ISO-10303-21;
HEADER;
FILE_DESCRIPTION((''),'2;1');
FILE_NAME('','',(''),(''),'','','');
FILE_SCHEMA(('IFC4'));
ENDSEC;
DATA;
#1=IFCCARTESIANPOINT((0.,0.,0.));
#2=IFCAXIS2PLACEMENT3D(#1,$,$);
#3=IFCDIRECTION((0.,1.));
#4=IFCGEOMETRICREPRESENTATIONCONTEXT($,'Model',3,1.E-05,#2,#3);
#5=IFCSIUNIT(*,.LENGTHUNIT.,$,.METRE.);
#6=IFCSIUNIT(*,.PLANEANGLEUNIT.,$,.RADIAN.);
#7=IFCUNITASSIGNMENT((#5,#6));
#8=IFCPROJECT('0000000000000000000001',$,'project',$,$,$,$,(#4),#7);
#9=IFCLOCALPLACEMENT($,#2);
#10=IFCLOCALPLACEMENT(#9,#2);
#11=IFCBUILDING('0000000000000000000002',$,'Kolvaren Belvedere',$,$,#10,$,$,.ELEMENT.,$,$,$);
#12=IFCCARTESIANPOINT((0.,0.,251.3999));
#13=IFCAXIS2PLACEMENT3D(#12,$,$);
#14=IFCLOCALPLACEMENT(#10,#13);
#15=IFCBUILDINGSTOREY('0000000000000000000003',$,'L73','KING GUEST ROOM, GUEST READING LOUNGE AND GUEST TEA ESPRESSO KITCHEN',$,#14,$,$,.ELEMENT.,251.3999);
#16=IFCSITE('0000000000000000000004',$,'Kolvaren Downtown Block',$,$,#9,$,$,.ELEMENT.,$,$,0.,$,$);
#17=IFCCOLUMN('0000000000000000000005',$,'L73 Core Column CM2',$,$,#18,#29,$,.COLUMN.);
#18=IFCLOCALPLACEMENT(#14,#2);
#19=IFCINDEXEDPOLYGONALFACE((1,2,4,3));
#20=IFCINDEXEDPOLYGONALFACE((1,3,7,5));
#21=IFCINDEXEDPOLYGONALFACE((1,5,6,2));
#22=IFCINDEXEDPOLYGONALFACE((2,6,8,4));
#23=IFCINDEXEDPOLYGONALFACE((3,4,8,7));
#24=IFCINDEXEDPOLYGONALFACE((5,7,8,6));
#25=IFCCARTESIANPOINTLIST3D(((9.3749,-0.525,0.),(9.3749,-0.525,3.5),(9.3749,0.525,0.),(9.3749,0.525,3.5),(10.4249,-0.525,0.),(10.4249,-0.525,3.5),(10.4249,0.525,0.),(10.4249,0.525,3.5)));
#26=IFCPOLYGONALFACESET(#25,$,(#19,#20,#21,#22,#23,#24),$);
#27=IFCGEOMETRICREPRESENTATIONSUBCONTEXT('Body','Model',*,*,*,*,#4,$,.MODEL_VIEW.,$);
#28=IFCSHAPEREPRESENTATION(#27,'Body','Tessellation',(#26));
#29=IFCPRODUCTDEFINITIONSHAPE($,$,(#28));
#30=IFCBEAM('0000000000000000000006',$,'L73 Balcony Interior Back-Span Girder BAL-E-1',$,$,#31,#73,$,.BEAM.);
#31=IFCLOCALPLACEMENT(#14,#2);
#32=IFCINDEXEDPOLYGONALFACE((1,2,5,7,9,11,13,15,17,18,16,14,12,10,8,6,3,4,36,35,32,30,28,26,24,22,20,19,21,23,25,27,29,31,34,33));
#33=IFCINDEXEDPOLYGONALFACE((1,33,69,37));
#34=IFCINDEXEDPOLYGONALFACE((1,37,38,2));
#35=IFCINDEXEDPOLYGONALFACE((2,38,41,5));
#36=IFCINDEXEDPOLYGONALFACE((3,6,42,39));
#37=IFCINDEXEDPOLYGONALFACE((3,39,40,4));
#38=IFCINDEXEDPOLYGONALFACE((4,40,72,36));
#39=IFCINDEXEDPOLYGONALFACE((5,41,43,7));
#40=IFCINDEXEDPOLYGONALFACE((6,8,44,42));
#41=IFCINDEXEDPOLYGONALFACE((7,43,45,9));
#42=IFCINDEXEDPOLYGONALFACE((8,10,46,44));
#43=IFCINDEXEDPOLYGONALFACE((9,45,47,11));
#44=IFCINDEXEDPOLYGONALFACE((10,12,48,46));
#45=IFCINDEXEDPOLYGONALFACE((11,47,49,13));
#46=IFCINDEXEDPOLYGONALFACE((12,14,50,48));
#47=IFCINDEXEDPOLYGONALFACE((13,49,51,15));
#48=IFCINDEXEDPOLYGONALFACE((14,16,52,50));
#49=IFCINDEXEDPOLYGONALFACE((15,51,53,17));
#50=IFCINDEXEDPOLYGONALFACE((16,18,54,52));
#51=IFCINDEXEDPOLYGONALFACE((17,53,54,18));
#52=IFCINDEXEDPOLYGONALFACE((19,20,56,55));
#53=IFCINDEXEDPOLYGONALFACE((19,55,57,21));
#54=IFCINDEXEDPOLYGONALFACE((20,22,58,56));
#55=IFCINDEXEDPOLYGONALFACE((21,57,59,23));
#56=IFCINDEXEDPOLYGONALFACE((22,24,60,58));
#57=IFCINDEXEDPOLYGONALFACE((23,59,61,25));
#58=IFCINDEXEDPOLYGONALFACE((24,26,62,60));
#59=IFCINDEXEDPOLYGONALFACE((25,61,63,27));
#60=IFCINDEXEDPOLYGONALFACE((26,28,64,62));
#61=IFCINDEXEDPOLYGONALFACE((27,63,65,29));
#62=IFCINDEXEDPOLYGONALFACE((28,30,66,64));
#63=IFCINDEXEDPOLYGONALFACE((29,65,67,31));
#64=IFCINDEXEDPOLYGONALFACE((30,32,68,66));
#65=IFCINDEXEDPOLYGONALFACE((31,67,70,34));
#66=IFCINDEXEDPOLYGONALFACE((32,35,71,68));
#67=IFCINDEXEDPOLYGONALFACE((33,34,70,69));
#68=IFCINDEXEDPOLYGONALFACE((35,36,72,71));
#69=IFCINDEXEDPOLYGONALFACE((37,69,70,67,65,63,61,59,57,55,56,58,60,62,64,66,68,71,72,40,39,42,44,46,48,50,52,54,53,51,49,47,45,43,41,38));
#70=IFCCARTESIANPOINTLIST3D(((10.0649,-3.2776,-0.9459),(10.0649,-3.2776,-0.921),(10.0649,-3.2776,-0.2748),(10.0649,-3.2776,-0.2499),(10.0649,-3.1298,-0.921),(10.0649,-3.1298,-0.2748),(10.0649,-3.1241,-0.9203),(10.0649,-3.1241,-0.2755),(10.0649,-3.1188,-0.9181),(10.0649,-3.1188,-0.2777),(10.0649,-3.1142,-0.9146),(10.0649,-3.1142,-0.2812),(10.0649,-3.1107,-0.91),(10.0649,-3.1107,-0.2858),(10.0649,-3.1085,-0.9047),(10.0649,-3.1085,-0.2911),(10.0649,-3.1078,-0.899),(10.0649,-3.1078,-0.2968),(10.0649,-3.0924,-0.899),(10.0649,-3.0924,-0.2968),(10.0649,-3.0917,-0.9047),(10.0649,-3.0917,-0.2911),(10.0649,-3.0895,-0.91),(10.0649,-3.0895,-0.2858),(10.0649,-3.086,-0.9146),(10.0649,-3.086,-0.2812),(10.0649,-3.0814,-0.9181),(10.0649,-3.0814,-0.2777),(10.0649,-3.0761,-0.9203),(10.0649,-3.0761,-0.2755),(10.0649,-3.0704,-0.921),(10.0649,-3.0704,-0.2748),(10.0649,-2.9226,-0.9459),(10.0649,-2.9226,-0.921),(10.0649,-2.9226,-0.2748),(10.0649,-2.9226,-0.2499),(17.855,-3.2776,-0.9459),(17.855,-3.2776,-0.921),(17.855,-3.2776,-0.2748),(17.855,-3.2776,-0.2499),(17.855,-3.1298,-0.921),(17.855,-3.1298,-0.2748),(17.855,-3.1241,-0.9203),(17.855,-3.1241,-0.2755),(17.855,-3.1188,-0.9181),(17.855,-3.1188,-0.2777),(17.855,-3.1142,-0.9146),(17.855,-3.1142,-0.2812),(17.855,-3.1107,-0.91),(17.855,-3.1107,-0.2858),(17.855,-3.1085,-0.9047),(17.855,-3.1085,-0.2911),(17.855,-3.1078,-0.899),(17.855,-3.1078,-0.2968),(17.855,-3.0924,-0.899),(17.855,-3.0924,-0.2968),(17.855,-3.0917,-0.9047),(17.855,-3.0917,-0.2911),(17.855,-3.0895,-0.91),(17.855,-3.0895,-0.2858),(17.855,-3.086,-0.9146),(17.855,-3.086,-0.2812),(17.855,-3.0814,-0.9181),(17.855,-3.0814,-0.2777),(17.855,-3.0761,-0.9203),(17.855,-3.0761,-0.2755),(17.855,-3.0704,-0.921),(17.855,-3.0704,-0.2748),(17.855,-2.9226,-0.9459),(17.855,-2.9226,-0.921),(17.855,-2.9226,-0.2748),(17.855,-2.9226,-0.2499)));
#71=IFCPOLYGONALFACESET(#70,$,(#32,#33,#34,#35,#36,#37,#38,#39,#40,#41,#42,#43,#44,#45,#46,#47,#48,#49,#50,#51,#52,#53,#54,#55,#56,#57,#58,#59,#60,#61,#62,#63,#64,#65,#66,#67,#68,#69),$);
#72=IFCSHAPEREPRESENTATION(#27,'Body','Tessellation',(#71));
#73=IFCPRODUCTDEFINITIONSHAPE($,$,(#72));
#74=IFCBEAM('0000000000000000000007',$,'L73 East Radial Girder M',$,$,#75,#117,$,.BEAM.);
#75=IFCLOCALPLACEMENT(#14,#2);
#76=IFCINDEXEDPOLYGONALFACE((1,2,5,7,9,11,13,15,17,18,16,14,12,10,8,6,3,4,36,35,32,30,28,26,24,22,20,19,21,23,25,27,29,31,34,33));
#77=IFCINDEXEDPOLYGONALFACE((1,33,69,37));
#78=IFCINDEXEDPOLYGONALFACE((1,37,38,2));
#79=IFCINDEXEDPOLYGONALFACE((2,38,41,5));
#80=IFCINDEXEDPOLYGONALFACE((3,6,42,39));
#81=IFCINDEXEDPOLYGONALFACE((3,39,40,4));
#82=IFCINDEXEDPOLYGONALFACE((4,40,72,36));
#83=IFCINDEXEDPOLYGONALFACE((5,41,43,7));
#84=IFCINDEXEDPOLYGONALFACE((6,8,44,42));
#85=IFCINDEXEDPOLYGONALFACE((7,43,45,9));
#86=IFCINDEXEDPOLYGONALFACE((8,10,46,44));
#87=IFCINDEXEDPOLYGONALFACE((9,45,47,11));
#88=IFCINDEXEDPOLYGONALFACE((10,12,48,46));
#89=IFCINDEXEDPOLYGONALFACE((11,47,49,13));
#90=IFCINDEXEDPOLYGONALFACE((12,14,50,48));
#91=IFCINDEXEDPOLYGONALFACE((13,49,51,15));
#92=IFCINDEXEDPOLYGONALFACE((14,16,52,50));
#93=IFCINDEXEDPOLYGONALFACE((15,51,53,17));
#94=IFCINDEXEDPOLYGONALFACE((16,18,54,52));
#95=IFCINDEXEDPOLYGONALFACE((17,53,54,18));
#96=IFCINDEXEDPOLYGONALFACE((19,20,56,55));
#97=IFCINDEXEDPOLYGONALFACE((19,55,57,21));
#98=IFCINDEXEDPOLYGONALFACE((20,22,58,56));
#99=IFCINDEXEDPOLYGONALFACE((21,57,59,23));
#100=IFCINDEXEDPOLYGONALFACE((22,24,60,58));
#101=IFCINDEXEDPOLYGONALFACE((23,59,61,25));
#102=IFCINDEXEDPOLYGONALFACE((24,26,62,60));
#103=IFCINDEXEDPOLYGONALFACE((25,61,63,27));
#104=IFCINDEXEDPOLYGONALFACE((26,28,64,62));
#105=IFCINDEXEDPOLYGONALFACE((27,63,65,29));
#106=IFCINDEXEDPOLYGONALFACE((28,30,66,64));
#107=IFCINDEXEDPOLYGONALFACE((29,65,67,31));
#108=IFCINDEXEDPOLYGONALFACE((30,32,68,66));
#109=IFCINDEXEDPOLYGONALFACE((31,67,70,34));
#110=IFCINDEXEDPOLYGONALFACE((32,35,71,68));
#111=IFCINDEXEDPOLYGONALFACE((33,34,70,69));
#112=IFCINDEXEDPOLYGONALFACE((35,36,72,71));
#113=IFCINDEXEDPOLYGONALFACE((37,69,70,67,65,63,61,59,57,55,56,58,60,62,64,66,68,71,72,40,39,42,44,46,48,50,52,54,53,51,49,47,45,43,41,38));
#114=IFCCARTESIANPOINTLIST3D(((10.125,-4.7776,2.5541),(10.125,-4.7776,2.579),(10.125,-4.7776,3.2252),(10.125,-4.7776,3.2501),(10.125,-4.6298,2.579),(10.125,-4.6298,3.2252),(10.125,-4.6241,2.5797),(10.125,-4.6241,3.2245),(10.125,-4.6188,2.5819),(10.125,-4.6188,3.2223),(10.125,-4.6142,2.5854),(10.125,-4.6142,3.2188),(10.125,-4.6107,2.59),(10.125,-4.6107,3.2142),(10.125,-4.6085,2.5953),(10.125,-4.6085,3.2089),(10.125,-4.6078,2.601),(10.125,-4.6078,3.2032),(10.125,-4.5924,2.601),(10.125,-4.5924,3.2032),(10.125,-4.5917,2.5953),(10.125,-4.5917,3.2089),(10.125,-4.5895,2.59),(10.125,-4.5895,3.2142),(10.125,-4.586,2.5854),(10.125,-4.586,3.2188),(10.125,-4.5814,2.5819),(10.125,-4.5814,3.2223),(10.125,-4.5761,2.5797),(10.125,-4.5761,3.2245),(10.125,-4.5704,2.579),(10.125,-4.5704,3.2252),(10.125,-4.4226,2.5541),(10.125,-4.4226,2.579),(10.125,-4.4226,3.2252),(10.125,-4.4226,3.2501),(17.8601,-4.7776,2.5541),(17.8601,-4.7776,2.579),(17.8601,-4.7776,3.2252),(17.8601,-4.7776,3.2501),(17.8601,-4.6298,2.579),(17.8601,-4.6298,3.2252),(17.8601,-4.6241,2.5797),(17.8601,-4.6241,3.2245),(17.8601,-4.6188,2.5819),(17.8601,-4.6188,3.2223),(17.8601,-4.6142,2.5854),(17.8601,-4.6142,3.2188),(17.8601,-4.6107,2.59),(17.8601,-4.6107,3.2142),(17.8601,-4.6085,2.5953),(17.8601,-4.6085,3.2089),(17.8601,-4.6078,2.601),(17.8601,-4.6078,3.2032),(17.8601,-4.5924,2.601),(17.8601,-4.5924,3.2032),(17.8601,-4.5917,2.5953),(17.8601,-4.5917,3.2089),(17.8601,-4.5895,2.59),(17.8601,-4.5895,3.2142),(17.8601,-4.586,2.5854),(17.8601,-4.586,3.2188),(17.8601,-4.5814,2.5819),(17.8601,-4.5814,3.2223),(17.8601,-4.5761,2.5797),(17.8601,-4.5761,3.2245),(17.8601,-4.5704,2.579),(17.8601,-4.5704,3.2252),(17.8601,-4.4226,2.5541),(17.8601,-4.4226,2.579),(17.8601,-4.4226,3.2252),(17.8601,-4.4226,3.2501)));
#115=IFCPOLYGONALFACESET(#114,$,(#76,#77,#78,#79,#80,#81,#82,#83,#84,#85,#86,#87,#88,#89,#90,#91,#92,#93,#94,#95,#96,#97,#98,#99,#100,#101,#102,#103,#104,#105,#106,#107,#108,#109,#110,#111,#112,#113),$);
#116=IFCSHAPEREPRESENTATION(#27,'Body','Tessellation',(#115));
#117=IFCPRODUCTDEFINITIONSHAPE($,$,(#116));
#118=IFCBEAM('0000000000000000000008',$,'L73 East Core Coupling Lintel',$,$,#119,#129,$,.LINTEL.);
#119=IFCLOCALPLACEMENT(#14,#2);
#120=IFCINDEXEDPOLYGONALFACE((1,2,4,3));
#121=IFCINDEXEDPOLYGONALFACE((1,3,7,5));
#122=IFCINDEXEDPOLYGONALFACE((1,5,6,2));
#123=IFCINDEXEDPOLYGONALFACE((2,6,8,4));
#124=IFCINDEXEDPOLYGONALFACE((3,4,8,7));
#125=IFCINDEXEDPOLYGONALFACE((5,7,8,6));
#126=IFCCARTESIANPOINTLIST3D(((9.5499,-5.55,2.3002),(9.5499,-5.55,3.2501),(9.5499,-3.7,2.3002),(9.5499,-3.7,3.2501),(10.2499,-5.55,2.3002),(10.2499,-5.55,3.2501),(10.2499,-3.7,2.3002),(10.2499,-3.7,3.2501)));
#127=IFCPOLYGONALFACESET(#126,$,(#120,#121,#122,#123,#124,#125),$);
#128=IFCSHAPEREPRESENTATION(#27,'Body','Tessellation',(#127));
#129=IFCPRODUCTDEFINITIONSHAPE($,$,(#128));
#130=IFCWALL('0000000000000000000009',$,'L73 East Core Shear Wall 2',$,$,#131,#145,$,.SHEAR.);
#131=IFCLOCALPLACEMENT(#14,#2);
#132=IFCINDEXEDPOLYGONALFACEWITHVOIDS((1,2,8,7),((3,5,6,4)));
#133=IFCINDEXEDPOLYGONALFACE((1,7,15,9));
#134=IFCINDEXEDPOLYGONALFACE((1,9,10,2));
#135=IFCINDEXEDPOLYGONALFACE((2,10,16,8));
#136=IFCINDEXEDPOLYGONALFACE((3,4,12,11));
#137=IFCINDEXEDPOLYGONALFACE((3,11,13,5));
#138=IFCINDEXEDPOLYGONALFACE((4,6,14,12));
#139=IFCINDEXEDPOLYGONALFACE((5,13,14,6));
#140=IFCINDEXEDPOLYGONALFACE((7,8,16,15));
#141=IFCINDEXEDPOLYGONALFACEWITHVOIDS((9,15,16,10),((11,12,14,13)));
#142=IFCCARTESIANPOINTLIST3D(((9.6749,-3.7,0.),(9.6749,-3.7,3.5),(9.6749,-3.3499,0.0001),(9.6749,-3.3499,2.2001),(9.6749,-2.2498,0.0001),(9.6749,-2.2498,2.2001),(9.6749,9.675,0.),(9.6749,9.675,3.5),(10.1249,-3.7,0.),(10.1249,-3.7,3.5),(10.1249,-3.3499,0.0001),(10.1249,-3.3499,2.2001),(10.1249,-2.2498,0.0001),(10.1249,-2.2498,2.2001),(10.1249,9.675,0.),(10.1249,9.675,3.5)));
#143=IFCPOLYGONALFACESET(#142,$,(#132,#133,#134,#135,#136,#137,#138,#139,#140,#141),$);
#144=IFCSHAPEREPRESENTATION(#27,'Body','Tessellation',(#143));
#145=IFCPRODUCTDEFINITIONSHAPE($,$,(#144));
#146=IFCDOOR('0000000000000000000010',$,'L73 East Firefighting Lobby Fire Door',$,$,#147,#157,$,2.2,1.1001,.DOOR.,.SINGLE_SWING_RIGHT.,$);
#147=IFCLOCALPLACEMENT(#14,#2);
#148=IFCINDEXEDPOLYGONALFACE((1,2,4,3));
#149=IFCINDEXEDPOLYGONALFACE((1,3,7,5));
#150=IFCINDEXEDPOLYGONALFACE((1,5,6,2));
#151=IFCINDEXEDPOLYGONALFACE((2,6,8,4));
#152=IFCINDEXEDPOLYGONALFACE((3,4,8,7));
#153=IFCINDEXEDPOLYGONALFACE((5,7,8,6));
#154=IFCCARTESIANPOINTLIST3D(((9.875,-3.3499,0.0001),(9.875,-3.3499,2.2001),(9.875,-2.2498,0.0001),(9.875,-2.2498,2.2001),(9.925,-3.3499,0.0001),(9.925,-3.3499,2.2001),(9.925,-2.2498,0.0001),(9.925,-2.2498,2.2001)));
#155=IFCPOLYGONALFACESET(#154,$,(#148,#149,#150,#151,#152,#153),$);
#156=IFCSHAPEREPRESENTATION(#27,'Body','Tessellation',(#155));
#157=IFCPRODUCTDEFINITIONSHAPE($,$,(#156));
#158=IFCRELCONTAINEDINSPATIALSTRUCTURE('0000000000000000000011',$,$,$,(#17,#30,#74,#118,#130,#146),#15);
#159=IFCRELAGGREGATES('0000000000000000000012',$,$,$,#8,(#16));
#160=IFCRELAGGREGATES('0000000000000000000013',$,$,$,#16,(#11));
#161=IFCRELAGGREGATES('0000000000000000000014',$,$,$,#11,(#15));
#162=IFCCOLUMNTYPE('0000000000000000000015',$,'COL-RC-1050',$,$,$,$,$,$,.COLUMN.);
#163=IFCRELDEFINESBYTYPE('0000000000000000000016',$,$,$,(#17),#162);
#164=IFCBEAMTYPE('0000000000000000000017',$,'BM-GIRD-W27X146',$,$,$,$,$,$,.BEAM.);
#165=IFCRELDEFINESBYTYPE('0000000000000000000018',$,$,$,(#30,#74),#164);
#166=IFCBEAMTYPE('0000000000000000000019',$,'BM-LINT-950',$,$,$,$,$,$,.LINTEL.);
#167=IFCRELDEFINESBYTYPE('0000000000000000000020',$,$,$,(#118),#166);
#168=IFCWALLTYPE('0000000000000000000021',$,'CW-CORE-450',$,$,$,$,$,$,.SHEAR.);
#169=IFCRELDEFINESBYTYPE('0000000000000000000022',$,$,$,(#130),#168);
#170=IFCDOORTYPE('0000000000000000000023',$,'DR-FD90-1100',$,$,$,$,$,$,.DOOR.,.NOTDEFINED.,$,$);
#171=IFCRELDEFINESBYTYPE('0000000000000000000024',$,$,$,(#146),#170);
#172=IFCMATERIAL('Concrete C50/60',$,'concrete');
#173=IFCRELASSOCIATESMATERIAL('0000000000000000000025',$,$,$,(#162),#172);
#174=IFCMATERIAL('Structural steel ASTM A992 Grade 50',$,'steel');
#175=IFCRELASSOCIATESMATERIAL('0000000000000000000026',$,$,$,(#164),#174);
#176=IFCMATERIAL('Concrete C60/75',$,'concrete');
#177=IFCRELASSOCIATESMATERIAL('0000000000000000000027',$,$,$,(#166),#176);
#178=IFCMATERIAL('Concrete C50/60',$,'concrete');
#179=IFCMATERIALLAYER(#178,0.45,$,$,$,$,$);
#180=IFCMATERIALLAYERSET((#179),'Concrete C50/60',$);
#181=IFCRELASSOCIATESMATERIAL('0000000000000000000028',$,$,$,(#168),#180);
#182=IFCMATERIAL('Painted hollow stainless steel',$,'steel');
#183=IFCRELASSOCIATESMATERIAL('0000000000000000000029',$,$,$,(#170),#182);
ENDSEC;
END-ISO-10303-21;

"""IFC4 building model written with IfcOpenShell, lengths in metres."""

from ifc_helpers import new_model, si_unit, direction, frame, frame_2d, origin, origin_2d, place, context, subcontext, project, spatial, rectangle, i_section, extrude, material, layer, layer_set, material_profile, profile_set, type_object, element, fill, save


model = new_model("IFC4")

# Units and contexts
model_context = context("Model", 3, precision=1e-05, world=origin(), true_north=direction((0.0, 1.0)))
body_context = subcontext(model_context, "Body", "Model", "MODEL_VIEW")
ifc_project = project(units=[si_unit("LENGTHUNIT", "METRE"), si_unit("PLANEANGLEUNIT", "RADIAN")], contexts=[model_context])

# Site, building, storey
site_placement = place(None, origin())
site = spatial("IfcSite", under=ifc_project, at=site_placement, Name="Kolvaren Downtown Block", CompositionType="ELEMENT", RefElevation=0.0)
building_placement = place(site_placement, origin())
building = spatial("IfcBuilding", under=site, at=building_placement, Name="Kolvaren Belvedere", CompositionType="ELEMENT")
storey_placement = place(building_placement, frame((0.0, 0.0, 251.3999)))
storey = spatial("IfcBuildingStorey", under=building, at=storey_placement, Name="L73", Description="KING GUEST ROOM, GUEST READING LOUNGE AND GUEST TEA ESPRESSO KITCHEN", CompositionType="ELEMENT", Elevation=251.3999)

# Column
ifc_material_1 = material(Name="Concrete C50/60", Category="concrete")
ifc_material_profile_1 = material_profile(ifc_material_1, rectangle(XDim=1.05, YDim=1.05, at=origin_2d()), Name="RC 1050X1050")
ifc_profile_set_1 = profile_set([ifc_material_profile_1], Name="Concrete C50/60")
column_type = type_object("IfcColumnType", Name="COL-RC-1050", PredefinedType="COLUMN", material=ifc_profile_set_1)
column_placement = place(storey_placement, frame((9.8999, 0.0, 0.0), z_axis=(0.0, 0.0, 1.0), x_axis=(1.0, 0.0, 0.0)))
element("IfcColumn", 1, at=column_placement, inside=storey, type_object=column_type, Name="L73 Core Column CM2", PredefinedType="COLUMN", context=body_context, shape_type="SweptSolid", body=[
    extrude(rectangle(XDim=1.05, YDim=1.05, at=origin_2d()), origin(), (0.0, 0.0, 1.0), 3.5),
])

# Beams
ifc_material_2 = material(Name="Structural steel ASTM A992 Grade 50", Category="steel")
ifc_material_profile_2 = material_profile(ifc_material_2, i_section(OverallWidth=0.355, OverallDepth=0.696, WebThickness=0.0154, FlangeThickness=0.0249, FilletRadius=0.022, at=origin_2d()), Name="W27X146")
ifc_profile_set_2 = profile_set([ifc_material_profile_2], Name="Structural steel ASTM A992 Grade 50")
beam_type_1 = type_object("IfcBeamType", Name="BM-GIRD-W27X146", PredefinedType="BEAM", material=ifc_profile_set_2)
beam_1_placement = place(storey_placement, frame((10.0649, -3.1001, -0.5979), z_axis=(1.0, 0.0, 0.0), x_axis=(0.0, 1.0, 0.0)))
element("IfcBeam", 2, at=beam_1_placement, inside=storey, type_object=beam_type_1, Name="L73 Balcony Interior Back-Span Girder BAL-E-1", PredefinedType="BEAM", context=body_context, shape_type="SweptSolid", body=[
    extrude(i_section(OverallWidth=0.355, OverallDepth=0.696, WebThickness=0.0154, FlangeThickness=0.0249, FilletRadius=0.022, at=origin_2d()), origin(), (0.0, 0.0, 1.0), 7.79),
])
beam_2_placement = place(storey_placement, frame((10.125, -4.6001, 2.9021), z_axis=(1.0, 0.0, 0.0), x_axis=(0.0, 1.0, 0.0)))
element("IfcBeam", 3, at=beam_2_placement, inside=storey, type_object=beam_type_1, Name="L73 East Radial Girder M", PredefinedType="BEAM", context=body_context, shape_type="SweptSolid", body=[
    extrude(i_section(OverallWidth=0.355, OverallDepth=0.696, WebThickness=0.0154, FlangeThickness=0.0249, FilletRadius=0.022, at=origin_2d()), origin(), (0.0, 0.0, 1.0), 7.7351),
])
ifc_material_3 = material(Name="Concrete C60/75", Category="concrete")
ifc_material_profile_3 = material_profile(ifc_material_3, rectangle(XDim=0.7, YDim=0.95, at=origin_2d()), Name="RC 700X950")
ifc_profile_set_3 = profile_set([ifc_material_profile_3], Name="Concrete C60/75")
beam_type_2 = type_object("IfcBeamType", Name="BM-LINT-950", PredefinedType="LINTEL", material=ifc_profile_set_3)
beam_3_placement = place(storey_placement, frame((9.8999, -5.55, 2.7751), z_axis=(0.0, 1.0, 0.0), x_axis=(-1.0, 0.0, 0.0)))
element("IfcBeam", 4, at=beam_3_placement, inside=storey, type_object=beam_type_2, Name="L73 East Core Coupling Lintel", PredefinedType="LINTEL", context=body_context, shape_type="SweptSolid", body=[
    extrude(rectangle(XDim=0.7, YDim=0.95, at=origin_2d()), origin(), (0.0, 0.0, 1.0), 1.8501),
])

# Wall, opening, door
ifc_material_4 = material(Name="Concrete C50/60", Category="concrete")
ifc_layer_1 = layer(ifc_material_4, 0.45)
ifc_layer_set_1 = layer_set([ifc_layer_1], Name="Concrete C50/60")
wall_type_1 = type_object("IfcWallType", Name="CW-CORE-450", PredefinedType="SHEAR", material=ifc_layer_set_1)
wall_1_placement = place(storey_placement, frame((9.8999, -3.7, 0.0), z_axis=(0.0, 0.0, 1.0), x_axis=(0.0, 1.0, 0.0)))
wall_1 = element("IfcWall", 5, at=wall_1_placement, inside=storey, type_object=wall_type_1, Name="L73 East Core Shear Wall 2", PredefinedType="SHEAR", context=body_context, shape_type="SweptSolid", body=[
    extrude(rectangle(XDim=13.375, YDim=0.45, at=frame_2d((6.6875, 0.0))), origin(), (0.0, 0.0, 1.0), 3.5),
])
opening_1_placement = place(wall_1_placement, frame((0.3501, 0.0, 0.0)))
opening_1 = element("IfcOpeningElement", 6, at=opening_1_placement, cuts=wall_1, PredefinedType="OPENING", context=body_context, shape_type="SweptSolid", body=[
    extrude(rectangle(XDim=1.1001, YDim=2.2, at=frame_2d((0.55, 1.1001))), frame((0.0, 0.2349, 0.0), z_axis=(0.0, -1.0, 0.0), x_axis=(1.0, 0.0, 0.0)), (0.0, 0.0, 1.0), 0.47),
])
ifc_material_5 = material(Name="Painted hollow stainless steel", Category="steel")
door_type_1 = type_object("IfcDoorType", Name="DR-FD90-1100", OperationType="NOTDEFINED", PredefinedType="DOOR", material=ifc_material_5)
door_1_placement = place(opening_1_placement, origin())
door_1 = element("IfcDoor", 7, at=door_1_placement, inside=storey, type_object=door_type_1, Name="L73 East Firefighting Lobby Fire Door", OperationType="SINGLE_SWING_RIGHT", OverallHeight=2.2, OverallWidth=1.1001, PredefinedType="DOOR", context=body_context, shape_type="SweptSolid", body=[
    extrude(rectangle(XDim=1.1001, YDim=2.2, at=frame_2d((0.55, 1.1001))), frame((0.0, 0.0249, 0.0), z_axis=(0.0, -1.0, 0.0), x_axis=(1.0, 0.0, 0.0)), (0.0, 0.0, 1.0), 0.05),
])
fill(opening_1, door_1)

save(model, "model.ifc")
